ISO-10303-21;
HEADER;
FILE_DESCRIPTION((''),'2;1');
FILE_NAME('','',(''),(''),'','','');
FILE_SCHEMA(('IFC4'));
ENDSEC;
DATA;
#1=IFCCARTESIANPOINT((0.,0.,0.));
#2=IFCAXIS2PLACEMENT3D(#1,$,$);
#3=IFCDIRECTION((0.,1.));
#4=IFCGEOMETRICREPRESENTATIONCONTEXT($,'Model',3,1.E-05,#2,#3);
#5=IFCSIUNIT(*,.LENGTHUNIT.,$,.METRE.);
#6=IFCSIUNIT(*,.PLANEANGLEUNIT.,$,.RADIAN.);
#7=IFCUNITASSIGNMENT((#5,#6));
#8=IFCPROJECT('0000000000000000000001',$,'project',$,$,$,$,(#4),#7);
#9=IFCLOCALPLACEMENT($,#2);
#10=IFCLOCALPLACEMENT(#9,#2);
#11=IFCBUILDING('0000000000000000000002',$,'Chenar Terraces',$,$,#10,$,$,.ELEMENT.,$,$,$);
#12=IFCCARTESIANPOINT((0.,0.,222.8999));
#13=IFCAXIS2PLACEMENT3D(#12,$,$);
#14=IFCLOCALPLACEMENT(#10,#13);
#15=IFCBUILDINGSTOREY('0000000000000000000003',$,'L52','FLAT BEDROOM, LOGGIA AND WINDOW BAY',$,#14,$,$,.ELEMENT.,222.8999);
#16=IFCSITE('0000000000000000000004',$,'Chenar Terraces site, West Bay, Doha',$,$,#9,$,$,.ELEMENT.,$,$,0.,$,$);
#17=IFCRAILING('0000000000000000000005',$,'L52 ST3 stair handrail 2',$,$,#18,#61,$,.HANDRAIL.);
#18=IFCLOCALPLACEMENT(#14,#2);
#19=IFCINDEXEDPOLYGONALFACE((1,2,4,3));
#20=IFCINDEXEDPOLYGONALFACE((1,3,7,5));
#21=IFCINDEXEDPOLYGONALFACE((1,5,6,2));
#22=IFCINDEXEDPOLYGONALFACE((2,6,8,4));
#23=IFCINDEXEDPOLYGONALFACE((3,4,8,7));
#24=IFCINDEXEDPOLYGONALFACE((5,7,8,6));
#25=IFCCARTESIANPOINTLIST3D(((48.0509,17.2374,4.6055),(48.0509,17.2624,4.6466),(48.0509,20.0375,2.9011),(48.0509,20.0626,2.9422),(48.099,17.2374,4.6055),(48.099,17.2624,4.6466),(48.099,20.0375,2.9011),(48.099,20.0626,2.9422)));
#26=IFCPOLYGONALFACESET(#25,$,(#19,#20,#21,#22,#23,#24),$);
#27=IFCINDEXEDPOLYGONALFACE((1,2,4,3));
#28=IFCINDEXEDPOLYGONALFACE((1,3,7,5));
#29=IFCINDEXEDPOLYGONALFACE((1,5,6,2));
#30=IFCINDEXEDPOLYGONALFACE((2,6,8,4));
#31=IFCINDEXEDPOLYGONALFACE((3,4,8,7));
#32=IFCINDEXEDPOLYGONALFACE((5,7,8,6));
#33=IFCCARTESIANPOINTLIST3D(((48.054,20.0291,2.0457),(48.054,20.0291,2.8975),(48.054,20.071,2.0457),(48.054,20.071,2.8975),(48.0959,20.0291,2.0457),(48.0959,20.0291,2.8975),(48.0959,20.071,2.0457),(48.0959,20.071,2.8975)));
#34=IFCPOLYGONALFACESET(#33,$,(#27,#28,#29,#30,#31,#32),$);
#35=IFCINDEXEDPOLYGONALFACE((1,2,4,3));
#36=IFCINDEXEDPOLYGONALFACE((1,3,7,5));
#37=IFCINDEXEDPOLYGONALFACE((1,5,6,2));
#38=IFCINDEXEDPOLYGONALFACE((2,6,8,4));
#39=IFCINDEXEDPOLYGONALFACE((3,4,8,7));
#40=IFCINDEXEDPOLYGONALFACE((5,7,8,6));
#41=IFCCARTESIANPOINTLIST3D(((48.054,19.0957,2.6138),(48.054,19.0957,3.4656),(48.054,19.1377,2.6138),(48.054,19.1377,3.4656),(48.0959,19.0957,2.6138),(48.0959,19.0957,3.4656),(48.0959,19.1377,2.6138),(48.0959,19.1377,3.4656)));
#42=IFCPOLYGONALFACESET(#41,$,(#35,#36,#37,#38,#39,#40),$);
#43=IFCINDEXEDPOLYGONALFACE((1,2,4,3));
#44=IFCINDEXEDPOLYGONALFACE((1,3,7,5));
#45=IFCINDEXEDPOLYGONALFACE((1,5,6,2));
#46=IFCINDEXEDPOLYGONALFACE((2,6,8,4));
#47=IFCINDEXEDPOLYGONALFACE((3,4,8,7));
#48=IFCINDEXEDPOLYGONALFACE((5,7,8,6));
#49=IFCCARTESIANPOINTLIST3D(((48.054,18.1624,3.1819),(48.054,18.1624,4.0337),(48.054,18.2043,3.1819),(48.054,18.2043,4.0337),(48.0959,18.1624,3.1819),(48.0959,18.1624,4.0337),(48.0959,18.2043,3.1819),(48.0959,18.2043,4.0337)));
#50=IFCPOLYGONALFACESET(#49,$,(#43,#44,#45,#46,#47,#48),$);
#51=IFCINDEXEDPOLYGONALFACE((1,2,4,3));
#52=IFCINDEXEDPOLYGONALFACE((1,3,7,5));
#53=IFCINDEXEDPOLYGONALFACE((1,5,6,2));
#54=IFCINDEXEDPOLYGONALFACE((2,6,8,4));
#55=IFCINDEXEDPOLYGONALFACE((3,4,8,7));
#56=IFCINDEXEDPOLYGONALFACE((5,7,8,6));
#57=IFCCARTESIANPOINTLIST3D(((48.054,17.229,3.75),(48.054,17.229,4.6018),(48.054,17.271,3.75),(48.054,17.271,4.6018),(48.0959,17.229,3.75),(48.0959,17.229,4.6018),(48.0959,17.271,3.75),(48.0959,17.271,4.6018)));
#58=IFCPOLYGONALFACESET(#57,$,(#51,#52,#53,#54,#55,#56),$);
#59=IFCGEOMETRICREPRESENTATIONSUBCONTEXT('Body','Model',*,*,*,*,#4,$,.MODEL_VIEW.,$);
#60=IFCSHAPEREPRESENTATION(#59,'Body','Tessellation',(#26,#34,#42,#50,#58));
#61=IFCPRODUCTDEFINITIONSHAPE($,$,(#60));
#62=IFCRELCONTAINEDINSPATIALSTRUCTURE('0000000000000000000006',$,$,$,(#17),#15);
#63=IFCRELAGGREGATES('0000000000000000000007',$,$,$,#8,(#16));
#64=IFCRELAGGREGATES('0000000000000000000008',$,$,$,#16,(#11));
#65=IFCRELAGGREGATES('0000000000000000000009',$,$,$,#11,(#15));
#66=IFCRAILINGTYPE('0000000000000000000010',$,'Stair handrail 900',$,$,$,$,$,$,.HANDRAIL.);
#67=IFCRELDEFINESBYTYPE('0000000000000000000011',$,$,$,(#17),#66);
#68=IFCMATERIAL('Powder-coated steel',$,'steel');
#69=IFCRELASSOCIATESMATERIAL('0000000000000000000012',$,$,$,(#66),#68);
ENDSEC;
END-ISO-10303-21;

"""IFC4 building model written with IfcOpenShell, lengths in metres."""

from ifc_helpers import new_model, si_unit, direction, frame, origin, origin_2d, place, context, subcontext, project, spatial, rectangle, extrude, material, type_object, element, save


model = new_model("IFC4")

# Units and contexts
model_context = context("Model", 3, precision=1e-05, world=origin(), true_north=direction((0.0, 1.0)))
body_context = subcontext(model_context, "Body", "Model", "MODEL_VIEW")
ifc_project = project(units=[si_unit("LENGTHUNIT", "METRE"), si_unit("PLANEANGLEUNIT", "RADIAN")], contexts=[model_context])

# Site, building, storey
site_placement = place(None, origin())
site = spatial("IfcSite", under=ifc_project, at=site_placement, Name="Chenar Terraces site, West Bay, Doha", CompositionType="ELEMENT", RefElevation=0.0)
building_placement = place(site_placement, origin())
building = spatial("IfcBuilding", under=site, at=building_placement, Name="Chenar Terraces", CompositionType="ELEMENT")
storey_placement = place(building_placement, frame((0.0, 0.0, 222.8999)))
storey = spatial("IfcBuildingStorey", under=building, at=storey_placement, Name="L52", Description="FLAT BEDROOM, LOGGIA AND WINDOW BAY", CompositionType="ELEMENT", Elevation=222.8999)

# Railing
ifc_material_1 = material(Name="Powder-coated steel", Category="steel")
railing_type_1 = type_object("IfcRailingType", Name="Stair handrail 900", PredefinedType="HANDRAIL", material=ifc_material_1)
railing_1_placement = place(storey_placement, frame((48.075, 20.05, 2.0457)))
element("IfcRailing", 1, at=railing_1_placement, inside=storey, type_object=railing_type_1, Name="L52 ST3 stair handrail 2", PredefinedType="HANDRAIL", context=body_context, shape_type="SweptSolid", body=[
    extrude(rectangle(XDim=0.0481, YDim=0.0481, at=origin_2d()), frame((0.0, 0.0, 0.876), z_axis=(0.0, -0.854203, 0.51994), x_axis=(1.0, 0.0, 0.0)), (0.0, 0.0, 1.0), 3.2781),
    extrude(rectangle(XDim=0.042, YDim=0.042, at=origin_2d()), origin(), (0.0, 0.0, 1.0), 0.8518),
    extrude(rectangle(XDim=0.042, YDim=0.042, at=origin_2d()), frame((0.0, -0.9333, 0.5681)), (0.0, 0.0, 1.0), 0.8518),
    extrude(rectangle(XDim=0.042, YDim=0.042, at=origin_2d()), frame((0.0, -1.8667, 1.1362)), (0.0, 0.0, 1.0), 0.8518),
    extrude(rectangle(XDim=0.042, YDim=0.042, at=origin_2d()), frame((0.0, -2.8, 1.7043)), (0.0, 0.0, 1.0), 0.8518),
])

save(model, "model.ifc")
